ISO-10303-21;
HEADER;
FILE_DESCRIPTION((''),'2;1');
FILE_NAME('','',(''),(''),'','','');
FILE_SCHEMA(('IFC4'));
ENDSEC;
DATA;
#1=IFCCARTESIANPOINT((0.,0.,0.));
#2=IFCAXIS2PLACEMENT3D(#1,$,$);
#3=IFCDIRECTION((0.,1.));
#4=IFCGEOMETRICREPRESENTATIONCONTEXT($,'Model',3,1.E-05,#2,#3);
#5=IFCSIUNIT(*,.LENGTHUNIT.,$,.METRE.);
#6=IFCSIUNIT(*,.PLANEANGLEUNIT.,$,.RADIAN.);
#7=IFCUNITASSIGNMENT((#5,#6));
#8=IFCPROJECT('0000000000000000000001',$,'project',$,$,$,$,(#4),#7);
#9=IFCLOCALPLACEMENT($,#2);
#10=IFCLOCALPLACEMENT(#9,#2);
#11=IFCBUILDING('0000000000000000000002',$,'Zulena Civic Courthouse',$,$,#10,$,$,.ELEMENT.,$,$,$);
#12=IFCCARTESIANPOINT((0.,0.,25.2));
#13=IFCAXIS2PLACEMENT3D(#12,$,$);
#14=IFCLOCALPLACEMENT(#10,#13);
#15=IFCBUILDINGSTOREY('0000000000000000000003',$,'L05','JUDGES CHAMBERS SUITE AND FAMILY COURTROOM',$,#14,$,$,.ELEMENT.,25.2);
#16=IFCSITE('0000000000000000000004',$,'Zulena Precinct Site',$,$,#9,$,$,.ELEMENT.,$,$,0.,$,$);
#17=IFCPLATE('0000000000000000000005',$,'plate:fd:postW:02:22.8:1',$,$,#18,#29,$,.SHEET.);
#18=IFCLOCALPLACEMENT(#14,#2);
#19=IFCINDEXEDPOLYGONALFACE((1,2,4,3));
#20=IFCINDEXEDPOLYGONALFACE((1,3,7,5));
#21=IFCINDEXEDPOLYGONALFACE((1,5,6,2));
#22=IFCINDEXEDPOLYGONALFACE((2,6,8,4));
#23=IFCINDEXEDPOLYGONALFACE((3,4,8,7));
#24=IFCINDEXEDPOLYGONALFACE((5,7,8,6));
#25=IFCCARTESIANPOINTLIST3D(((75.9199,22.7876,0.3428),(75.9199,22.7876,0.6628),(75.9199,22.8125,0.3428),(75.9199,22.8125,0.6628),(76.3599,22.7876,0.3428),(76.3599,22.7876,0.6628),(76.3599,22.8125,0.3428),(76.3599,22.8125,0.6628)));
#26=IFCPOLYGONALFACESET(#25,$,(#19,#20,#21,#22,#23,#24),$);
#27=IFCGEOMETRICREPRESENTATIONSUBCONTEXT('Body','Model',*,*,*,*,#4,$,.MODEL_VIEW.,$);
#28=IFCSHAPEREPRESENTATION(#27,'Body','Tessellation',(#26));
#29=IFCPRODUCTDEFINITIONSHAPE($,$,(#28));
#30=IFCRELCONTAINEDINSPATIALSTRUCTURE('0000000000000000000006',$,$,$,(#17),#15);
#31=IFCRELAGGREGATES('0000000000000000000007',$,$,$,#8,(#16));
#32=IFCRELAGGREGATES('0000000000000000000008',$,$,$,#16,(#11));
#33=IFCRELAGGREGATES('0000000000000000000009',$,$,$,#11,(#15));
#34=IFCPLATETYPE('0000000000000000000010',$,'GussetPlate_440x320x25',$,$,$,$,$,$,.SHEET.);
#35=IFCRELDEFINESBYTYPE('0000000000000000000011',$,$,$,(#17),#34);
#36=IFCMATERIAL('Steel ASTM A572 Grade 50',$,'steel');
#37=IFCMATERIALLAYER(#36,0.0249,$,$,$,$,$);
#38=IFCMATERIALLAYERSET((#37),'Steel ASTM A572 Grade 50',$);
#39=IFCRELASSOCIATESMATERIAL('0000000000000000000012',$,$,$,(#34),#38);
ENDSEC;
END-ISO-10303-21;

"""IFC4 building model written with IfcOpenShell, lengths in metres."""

from ifc_helpers import new_model, si_unit, direction, frame, origin, origin_2d, place, context, subcontext, project, spatial, rectangle, extrude, material, layer, layer_set, type_object, element, save


model = new_model("IFC4")

# Units and contexts
model_context = context("Model", 3, precision=1e-05, world=origin(), true_north=direction((0.0, 1.0)))
body_context = subcontext(model_context, "Body", "Model", "MODEL_VIEW")
ifc_project = project(units=[si_unit("LENGTHUNIT", "METRE"), si_unit("PLANEANGLEUNIT", "RADIAN")], contexts=[model_context])

# Site, building, storey
site_placement = place(None, origin())
site = spatial("IfcSite", under=ifc_project, at=site_placement, Name="Zulena Precinct Site", CompositionType="ELEMENT", RefElevation=0.0)
building_placement = place(site_placement, origin())
building = spatial("IfcBuilding", under=site, at=building_placement, Name="Zulena Civic Courthouse", CompositionType="ELEMENT")
storey_placement = place(building_placement, frame((0.0, 0.0, 25.2)))
storey = spatial("IfcBuildingStorey", under=building, at=storey_placement, Name="L05", Description="JUDGES CHAMBERS SUITE AND FAMILY COURTROOM", CompositionType="ELEMENT", Elevation=25.2)

# Plate
ifc_material_1 = material(Name="Steel ASTM A572 Grade 50", Category="steel")
ifc_layer = layer(ifc_material_1, 0.0249)
ifc_layer_set = layer_set([ifc_layer], Name="Steel ASTM A572 Grade 50")
plate_type = type_object("IfcPlateType", Name="GussetPlate_440x320x25", PredefinedType="SHEET", material=ifc_layer_set)
for number, where, z_axis, x_axis, name in (
    (1, (76.1399, 22.8, 0.3428), (0.0, 0.0, 1.0), (1.0, 0.0, 0.0), "plate:fd:postW:02:22.8:1"),
):
    element("IfcPlate", number, at=place(storey_placement, frame(where, z_axis=z_axis, x_axis=x_axis)), inside=storey, type_object=plate_type, Name=name, PredefinedType="SHEET", context=body_context, shape_type="SweptSolid", body=[
        extrude(rectangle(XDim=0.4399, YDim=0.0249, at=origin_2d()), origin(), (0.0, 0.0, 1.0), 0.3201),
    ])

save(model, "model.ifc")
